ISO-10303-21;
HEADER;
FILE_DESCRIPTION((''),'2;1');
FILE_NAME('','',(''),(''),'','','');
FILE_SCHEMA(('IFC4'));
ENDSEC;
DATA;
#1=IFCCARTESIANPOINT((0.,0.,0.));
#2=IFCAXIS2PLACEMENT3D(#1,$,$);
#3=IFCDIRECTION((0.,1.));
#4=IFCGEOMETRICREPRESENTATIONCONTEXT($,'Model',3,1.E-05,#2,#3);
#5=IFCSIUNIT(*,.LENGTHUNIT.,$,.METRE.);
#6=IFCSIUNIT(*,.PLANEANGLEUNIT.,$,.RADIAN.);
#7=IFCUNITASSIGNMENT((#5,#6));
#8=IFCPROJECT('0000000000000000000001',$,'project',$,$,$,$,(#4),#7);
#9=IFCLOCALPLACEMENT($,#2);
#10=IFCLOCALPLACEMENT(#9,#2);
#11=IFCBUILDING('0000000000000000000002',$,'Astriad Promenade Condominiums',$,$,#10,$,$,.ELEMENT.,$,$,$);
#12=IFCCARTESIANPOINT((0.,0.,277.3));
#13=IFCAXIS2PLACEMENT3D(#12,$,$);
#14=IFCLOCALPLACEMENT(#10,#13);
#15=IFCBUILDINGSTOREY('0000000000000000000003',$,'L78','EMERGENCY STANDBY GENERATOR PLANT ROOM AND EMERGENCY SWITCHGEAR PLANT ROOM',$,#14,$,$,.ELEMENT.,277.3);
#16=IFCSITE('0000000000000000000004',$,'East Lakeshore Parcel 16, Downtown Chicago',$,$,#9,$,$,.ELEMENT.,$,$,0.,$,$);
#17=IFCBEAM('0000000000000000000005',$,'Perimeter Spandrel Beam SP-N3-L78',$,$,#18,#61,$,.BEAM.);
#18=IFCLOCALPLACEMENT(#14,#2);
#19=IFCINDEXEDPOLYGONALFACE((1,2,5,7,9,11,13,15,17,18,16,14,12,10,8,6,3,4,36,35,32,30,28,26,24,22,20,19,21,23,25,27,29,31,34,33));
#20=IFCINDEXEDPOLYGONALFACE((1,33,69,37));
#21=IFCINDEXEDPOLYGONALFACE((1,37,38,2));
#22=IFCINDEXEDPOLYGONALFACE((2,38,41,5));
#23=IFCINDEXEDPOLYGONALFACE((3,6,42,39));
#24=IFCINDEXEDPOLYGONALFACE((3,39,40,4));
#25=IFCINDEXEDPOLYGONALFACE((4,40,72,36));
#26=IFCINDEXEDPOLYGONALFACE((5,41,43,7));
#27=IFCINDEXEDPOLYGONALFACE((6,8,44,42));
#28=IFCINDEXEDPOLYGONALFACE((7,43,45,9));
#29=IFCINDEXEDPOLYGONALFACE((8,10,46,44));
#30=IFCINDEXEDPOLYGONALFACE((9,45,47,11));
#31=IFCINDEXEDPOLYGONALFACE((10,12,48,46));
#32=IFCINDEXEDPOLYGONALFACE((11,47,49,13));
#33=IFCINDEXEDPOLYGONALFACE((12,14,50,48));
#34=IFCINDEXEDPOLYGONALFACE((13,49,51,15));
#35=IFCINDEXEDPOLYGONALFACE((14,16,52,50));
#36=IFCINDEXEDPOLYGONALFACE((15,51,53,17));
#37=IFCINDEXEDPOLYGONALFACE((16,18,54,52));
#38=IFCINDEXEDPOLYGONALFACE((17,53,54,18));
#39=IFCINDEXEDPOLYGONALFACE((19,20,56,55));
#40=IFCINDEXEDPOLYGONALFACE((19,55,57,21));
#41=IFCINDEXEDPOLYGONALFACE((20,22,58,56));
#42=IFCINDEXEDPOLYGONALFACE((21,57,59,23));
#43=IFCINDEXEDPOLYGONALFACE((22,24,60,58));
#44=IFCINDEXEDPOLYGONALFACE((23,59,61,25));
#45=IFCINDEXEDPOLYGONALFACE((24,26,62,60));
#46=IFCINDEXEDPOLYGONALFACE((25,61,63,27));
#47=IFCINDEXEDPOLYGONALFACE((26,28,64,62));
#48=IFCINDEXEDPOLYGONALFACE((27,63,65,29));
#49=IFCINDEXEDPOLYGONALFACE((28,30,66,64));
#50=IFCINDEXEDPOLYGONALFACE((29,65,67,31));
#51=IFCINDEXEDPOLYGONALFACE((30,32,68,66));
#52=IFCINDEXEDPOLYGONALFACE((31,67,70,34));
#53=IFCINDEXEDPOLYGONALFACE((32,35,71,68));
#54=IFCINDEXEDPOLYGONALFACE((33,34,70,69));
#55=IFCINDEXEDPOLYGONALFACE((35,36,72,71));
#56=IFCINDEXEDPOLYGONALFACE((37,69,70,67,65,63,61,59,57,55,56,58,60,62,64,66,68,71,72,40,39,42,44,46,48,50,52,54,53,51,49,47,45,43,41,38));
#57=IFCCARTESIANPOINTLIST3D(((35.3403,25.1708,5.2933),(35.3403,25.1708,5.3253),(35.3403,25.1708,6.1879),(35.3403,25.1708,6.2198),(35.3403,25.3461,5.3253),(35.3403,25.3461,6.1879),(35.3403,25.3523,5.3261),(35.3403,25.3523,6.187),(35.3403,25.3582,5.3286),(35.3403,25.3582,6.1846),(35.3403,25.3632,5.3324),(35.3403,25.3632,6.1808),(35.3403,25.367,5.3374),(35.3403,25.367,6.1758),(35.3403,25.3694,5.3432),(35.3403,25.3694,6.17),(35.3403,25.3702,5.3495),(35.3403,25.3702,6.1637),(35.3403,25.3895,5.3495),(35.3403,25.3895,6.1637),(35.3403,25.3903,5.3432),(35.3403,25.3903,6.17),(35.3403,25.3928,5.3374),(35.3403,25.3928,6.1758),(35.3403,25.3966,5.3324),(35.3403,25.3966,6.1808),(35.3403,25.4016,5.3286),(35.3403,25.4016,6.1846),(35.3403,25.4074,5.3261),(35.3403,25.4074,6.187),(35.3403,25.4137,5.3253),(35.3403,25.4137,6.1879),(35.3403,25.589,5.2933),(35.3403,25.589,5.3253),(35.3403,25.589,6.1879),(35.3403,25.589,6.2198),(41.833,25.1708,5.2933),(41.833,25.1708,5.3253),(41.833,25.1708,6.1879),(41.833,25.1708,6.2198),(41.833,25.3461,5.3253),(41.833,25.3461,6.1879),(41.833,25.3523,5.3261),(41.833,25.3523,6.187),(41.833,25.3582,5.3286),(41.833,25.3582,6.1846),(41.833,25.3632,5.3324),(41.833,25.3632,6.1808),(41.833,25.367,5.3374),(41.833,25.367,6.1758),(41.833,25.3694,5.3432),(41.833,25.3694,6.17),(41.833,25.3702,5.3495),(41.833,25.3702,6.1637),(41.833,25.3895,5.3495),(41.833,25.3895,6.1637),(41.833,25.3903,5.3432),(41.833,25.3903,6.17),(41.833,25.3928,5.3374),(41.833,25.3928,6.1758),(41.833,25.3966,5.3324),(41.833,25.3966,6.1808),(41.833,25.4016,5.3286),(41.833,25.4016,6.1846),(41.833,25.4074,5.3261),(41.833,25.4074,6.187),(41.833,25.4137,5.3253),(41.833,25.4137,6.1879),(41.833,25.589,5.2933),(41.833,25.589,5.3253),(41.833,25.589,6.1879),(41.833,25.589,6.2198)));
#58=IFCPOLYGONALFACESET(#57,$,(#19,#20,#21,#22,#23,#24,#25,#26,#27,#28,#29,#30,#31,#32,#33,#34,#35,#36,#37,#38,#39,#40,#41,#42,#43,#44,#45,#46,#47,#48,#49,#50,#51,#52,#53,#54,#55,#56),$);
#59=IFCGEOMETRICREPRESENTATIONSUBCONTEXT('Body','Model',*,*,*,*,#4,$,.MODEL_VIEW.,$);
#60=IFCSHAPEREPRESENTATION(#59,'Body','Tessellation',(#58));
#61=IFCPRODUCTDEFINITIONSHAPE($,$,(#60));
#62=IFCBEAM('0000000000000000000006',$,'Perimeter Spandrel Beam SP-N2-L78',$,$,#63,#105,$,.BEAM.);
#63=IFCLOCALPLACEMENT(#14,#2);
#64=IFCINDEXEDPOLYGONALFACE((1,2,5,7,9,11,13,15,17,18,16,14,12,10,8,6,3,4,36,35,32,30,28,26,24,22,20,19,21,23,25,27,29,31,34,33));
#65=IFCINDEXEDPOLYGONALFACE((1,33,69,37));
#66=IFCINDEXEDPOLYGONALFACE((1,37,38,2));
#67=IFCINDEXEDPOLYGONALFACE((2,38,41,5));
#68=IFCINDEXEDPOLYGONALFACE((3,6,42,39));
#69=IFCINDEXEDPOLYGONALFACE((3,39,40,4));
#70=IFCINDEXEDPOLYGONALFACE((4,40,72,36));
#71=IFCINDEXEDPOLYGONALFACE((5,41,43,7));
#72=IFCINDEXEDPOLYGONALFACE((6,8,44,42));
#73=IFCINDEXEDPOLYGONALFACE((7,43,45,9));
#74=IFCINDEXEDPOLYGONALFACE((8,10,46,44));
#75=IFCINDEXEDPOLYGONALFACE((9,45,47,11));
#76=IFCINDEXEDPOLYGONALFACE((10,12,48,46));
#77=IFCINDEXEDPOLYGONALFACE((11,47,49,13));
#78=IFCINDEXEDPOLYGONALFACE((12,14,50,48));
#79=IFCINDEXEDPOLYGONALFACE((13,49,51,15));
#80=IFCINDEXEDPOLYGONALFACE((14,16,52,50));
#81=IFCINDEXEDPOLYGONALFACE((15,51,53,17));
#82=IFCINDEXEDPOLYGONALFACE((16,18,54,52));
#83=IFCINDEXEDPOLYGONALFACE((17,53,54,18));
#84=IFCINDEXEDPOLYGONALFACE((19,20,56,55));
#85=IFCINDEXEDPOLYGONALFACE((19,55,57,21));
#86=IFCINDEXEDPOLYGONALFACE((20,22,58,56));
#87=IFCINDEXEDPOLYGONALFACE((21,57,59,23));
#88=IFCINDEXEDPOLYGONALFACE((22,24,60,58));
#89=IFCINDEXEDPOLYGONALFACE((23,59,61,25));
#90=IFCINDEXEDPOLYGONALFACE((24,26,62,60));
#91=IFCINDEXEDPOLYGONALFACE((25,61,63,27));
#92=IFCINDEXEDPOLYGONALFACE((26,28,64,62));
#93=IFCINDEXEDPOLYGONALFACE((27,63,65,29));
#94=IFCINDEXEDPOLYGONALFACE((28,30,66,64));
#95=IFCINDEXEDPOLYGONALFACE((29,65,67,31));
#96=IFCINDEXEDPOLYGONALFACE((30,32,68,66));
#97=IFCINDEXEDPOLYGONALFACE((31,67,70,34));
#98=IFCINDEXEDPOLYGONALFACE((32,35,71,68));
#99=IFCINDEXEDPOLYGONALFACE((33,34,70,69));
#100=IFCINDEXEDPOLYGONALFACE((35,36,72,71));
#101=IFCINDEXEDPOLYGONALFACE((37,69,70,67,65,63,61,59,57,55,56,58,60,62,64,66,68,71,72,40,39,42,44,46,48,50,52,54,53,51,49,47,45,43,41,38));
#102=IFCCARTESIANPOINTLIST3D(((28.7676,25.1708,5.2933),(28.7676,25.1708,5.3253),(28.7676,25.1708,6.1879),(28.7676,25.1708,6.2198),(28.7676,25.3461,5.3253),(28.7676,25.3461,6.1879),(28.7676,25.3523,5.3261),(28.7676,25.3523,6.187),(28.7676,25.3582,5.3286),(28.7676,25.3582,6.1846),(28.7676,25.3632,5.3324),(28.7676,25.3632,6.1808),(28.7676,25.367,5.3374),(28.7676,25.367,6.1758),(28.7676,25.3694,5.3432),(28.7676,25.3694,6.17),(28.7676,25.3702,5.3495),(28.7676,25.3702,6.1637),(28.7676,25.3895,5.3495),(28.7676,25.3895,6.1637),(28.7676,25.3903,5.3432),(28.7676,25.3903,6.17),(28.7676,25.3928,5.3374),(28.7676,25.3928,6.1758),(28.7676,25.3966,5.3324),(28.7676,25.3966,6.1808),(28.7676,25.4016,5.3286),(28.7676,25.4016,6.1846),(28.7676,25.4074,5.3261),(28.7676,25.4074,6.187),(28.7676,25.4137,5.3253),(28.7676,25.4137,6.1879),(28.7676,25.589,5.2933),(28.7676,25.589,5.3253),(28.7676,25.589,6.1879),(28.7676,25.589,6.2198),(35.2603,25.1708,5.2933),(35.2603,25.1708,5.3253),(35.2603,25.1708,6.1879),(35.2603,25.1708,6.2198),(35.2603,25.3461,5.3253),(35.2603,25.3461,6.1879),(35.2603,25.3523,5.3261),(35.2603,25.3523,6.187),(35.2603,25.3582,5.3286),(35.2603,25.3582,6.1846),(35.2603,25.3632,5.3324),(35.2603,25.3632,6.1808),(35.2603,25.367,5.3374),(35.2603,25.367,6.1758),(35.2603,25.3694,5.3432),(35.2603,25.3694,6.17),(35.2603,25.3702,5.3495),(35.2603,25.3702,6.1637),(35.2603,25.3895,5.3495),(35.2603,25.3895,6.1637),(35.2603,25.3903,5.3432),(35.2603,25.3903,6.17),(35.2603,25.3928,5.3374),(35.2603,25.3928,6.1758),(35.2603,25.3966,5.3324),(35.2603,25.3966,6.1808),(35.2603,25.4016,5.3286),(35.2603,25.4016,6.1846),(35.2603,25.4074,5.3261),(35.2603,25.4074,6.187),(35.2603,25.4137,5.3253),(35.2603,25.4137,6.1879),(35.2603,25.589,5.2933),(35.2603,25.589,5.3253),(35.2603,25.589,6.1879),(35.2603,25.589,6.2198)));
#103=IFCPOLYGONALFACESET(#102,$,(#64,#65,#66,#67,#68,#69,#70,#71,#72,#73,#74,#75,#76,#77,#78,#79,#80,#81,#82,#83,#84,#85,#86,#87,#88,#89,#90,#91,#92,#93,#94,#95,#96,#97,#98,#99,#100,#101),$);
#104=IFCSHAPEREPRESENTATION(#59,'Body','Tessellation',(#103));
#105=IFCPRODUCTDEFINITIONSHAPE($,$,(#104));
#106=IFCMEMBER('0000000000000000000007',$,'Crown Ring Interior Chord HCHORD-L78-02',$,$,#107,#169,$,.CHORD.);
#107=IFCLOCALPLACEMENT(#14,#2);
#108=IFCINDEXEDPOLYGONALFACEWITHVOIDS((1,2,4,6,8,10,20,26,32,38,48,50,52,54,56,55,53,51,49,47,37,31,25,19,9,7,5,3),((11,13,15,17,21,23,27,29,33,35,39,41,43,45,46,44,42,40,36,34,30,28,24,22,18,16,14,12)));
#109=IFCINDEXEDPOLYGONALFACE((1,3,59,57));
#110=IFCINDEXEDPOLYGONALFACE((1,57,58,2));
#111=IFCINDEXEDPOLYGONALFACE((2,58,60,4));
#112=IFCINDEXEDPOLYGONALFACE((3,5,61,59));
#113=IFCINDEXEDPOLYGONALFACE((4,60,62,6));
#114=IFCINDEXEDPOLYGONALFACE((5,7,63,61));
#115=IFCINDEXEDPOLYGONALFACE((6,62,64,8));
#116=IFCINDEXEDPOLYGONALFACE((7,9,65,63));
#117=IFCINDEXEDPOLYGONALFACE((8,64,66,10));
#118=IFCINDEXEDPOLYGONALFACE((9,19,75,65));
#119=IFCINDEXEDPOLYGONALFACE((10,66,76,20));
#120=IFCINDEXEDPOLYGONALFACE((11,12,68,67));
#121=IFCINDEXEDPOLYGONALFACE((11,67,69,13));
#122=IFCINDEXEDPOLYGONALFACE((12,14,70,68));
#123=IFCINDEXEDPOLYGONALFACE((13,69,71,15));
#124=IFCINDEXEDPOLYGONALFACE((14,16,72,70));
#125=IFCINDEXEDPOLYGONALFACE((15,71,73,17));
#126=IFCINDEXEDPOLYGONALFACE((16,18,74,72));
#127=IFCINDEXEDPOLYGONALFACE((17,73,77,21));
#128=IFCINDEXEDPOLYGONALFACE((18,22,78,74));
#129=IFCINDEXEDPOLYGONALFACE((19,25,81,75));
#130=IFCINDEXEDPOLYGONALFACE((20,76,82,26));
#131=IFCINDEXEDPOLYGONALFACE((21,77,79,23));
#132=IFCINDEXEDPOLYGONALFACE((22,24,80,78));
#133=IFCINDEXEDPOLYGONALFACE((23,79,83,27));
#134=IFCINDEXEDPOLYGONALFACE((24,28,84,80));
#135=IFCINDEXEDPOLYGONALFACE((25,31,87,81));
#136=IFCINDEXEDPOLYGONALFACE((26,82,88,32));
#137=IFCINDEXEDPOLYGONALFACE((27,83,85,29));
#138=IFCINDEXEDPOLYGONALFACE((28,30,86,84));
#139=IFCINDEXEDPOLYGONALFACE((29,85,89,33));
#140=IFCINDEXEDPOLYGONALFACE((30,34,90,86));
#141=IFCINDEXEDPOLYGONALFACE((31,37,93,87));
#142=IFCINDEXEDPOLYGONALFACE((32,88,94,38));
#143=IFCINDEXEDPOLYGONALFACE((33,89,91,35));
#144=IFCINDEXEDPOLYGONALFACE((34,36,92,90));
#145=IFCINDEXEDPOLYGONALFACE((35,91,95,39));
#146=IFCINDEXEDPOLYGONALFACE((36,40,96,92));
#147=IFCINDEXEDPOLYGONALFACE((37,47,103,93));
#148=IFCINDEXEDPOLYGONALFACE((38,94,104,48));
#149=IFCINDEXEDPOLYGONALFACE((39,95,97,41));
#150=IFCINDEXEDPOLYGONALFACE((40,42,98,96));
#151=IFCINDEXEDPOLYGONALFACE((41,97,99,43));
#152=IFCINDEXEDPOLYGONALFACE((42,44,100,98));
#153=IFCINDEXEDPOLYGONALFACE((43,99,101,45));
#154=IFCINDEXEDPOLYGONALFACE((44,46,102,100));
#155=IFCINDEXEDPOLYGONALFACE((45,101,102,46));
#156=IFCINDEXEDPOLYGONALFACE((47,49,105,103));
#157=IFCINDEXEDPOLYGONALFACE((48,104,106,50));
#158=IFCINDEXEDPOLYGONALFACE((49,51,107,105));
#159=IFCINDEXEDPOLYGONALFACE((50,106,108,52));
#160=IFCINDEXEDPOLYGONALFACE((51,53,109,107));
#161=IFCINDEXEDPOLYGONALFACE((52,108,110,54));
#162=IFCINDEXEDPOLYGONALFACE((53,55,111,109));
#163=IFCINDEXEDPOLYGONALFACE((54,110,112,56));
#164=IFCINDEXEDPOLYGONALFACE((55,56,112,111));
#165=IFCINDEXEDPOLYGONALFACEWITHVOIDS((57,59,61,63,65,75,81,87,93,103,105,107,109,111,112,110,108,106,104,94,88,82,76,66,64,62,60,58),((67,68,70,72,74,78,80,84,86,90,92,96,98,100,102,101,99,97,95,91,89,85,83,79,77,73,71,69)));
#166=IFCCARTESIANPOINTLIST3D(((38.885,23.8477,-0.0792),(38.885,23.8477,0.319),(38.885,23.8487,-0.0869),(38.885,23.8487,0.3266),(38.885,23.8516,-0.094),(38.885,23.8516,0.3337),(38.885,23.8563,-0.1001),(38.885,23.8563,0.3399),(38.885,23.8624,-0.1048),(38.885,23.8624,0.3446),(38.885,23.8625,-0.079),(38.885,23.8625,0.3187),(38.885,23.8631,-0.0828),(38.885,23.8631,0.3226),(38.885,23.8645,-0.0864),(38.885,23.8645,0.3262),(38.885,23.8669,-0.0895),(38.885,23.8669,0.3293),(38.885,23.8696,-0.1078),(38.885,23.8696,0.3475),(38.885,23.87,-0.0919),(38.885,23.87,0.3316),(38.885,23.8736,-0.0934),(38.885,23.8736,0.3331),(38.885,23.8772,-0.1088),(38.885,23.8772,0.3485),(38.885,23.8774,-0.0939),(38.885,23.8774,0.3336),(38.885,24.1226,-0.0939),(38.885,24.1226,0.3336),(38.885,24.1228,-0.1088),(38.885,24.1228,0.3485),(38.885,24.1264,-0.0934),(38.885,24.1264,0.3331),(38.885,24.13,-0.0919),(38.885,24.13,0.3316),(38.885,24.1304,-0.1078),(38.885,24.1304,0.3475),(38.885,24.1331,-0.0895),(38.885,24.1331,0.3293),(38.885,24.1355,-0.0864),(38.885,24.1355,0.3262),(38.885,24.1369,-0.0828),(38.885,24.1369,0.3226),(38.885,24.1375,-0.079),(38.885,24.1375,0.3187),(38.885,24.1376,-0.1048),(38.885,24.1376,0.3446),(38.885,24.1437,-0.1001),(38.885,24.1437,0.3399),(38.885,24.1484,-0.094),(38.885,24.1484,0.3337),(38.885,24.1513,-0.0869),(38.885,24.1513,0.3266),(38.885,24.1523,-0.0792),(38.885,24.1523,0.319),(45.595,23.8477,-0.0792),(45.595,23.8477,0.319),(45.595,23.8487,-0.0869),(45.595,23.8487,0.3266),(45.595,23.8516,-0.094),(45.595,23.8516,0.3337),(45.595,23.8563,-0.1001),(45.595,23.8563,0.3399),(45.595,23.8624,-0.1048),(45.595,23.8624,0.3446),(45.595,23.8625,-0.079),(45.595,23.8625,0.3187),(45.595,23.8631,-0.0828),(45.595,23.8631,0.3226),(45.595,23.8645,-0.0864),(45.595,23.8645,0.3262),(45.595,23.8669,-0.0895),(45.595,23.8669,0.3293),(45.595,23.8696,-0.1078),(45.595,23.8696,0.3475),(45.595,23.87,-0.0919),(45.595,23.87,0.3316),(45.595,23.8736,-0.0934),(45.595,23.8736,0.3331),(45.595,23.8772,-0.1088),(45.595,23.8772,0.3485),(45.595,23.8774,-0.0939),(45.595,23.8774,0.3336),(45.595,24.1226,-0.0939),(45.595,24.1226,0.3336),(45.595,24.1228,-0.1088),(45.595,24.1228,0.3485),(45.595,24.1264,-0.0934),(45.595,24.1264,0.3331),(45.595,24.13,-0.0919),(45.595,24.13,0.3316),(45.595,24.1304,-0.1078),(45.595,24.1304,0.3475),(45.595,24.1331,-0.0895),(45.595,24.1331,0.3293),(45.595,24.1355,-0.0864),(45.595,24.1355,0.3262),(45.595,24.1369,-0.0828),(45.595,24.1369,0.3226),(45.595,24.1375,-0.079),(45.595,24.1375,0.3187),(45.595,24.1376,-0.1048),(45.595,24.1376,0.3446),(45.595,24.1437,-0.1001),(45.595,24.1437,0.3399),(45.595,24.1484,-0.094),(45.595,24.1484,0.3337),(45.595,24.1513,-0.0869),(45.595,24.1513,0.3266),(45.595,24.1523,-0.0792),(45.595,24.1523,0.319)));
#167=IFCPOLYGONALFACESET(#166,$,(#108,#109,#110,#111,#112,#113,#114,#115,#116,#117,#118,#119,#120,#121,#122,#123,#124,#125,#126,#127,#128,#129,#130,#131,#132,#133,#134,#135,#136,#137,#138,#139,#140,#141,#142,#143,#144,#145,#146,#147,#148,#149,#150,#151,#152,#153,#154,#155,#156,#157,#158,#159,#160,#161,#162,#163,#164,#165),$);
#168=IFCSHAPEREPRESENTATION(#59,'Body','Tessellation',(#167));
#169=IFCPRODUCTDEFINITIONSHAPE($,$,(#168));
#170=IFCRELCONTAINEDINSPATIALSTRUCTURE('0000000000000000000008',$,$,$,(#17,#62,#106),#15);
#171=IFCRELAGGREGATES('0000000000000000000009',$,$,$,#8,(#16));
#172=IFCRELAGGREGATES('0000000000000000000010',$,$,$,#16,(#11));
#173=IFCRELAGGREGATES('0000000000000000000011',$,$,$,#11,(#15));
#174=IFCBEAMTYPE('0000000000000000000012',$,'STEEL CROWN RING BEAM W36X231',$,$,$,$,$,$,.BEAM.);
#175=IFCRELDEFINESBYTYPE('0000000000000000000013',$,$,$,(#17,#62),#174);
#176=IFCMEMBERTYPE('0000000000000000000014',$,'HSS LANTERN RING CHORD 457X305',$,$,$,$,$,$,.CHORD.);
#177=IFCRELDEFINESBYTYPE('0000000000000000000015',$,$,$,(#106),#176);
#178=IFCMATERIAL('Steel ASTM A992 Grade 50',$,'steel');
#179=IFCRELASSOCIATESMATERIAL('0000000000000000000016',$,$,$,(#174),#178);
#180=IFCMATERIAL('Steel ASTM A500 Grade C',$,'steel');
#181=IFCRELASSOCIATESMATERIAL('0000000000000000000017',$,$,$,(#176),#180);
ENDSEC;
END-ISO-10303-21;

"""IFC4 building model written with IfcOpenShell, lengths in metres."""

from ifc_helpers import new_model, si_unit, direction, frame, origin, origin_2d, place, context, subcontext, project, spatial, hollow_rectangle, i_section, extrude, source, transform, mapped, material, material_profile, profile_set, type_object, type_shapes, element, save


model = new_model("IFC4")

# Units and contexts
model_context = context("Model", 3, precision=1e-05, world=origin(), true_north=direction((0.0, 1.0)))
body_context = subcontext(model_context, "Body", "Model", "MODEL_VIEW")
ifc_project = project(units=[si_unit("LENGTHUNIT", "METRE"), si_unit("PLANEANGLEUNIT", "RADIAN")], contexts=[model_context])

# Site, building, storey
site_placement = place(None, origin())
site = spatial("IfcSite", under=ifc_project, at=site_placement, Name="East Lakeshore Parcel 16, Downtown Chicago", CompositionType="ELEMENT", RefElevation=0.0)
building_placement = place(site_placement, origin())
building = spatial("IfcBuilding", under=site, at=building_placement, Name="Astriad Promenade Condominiums", CompositionType="ELEMENT")
storey_placement = place(building_placement, frame((0.0, 0.0, 277.3)))
storey = spatial("IfcBuildingStorey", under=building, at=storey_placement, Name="L78", Description="EMERGENCY STANDBY GENERATOR PLANT ROOM AND EMERGENCY SWITCHGEAR PLANT ROOM", CompositionType="ELEMENT", Elevation=277.3)

# Shared definitions
ifc_material_1 = material(Name="Steel ASTM A992 Grade 50", Category="steel")

# Beams
ifc_material_profile_1 = material_profile(ifc_material_1, i_section(OverallWidth=0.4182, OverallDepth=0.9265, WebThickness=0.0193, FlangeThickness=0.032, FilletRadius=0.0242, at=origin_2d()), Name="W36X231")
ifc_profile_set_1 = profile_set([ifc_material_profile_1], Name="Steel ASTM A992 Grade 50")
beam_type_1 = type_object("IfcBeamType", Name="STEEL CROWN RING BEAM W36X231", PredefinedType="BEAM", material=ifc_profile_set_1)
shared_shape_1 = source(origin(), body_context, "Body", "SweptSolid", [
    extrude(i_section(OverallWidth=0.4182, OverallDepth=0.9265, WebThickness=0.0193, FlangeThickness=0.032, FilletRadius=0.0242, at=origin_2d()), origin(), (0.0, 0.0, 1.0), 6.4927),
])
type_shapes(beam_type_1, [shared_shape_1])
for number, where, z_axis, x_axis, name in (
    (1, (41.833, 25.3799, 5.7566), (-1.0, 0.0, 0.0), (0.0, -1.0, 0.0), "Perimeter Spandrel Beam SP-N3-L78"),
    (2, (35.2603, 25.3799, 5.7566), (-1.0, 0.0, 0.0), (0.0, -1.0, 0.0), "Perimeter Spandrel Beam SP-N2-L78"),
):
    element("IfcBeam", number, at=place(storey_placement, frame(where, z_axis=z_axis, x_axis=x_axis)), inside=storey, type_object=beam_type_1, Name=name, PredefinedType="BEAM", context=body_context, shape_type="MappedRepresentation", body=[
        mapped(shared_shape_1, transform((0.0, 0.0, 0.0), scale=1.0)),
    ])

# Member
ifc_material_2 = material(Name="Steel ASTM A500 Grade C", Category="steel")
ifc_material_profile_2 = material_profile(ifc_material_2, hollow_rectangle(XDim=0.3047, YDim=0.4573, WallThickness=0.0149, InnerFilletRadius=0.0149, OuterFilletRadius=0.0295, at=origin_2d()), Name="HSS457X305X15.9")
ifc_profile_set_2 = profile_set([ifc_material_profile_2], Name="Steel ASTM A500 Grade C")
member_type_1 = type_object("IfcMemberType", Name="HSS LANTERN RING CHORD 457X305", PredefinedType="CHORD", material=ifc_profile_set_2)
shared_shape_2 = source(origin(), body_context, "Body", "SweptSolid", [
    extrude(hollow_rectangle(XDim=0.3047, YDim=0.4573, WallThickness=0.0149, InnerFilletRadius=0.0149, OuterFilletRadius=0.0295, at=origin_2d()), origin(), (0.0, 0.0, 1.0), 6.71),
])
type_shapes(member_type_1, [shared_shape_2])
member_1_placement = place(storey_placement, frame((38.885, 24.0, 0.1199), z_axis=(1.0, 0.0, 0.0), x_axis=(0.0, 1.0, 0.0)))
element("IfcMember", 3, at=member_1_placement, inside=storey, type_object=member_type_1, Name="Crown Ring Interior Chord HCHORD-L78-02", PredefinedType="CHORD", context=body_context, shape_type="MappedRepresentation", body=[
    mapped(shared_shape_2, transform((0.0, 0.0, 0.0), scale=1.0)),
])

save(model, "model.ifc")
